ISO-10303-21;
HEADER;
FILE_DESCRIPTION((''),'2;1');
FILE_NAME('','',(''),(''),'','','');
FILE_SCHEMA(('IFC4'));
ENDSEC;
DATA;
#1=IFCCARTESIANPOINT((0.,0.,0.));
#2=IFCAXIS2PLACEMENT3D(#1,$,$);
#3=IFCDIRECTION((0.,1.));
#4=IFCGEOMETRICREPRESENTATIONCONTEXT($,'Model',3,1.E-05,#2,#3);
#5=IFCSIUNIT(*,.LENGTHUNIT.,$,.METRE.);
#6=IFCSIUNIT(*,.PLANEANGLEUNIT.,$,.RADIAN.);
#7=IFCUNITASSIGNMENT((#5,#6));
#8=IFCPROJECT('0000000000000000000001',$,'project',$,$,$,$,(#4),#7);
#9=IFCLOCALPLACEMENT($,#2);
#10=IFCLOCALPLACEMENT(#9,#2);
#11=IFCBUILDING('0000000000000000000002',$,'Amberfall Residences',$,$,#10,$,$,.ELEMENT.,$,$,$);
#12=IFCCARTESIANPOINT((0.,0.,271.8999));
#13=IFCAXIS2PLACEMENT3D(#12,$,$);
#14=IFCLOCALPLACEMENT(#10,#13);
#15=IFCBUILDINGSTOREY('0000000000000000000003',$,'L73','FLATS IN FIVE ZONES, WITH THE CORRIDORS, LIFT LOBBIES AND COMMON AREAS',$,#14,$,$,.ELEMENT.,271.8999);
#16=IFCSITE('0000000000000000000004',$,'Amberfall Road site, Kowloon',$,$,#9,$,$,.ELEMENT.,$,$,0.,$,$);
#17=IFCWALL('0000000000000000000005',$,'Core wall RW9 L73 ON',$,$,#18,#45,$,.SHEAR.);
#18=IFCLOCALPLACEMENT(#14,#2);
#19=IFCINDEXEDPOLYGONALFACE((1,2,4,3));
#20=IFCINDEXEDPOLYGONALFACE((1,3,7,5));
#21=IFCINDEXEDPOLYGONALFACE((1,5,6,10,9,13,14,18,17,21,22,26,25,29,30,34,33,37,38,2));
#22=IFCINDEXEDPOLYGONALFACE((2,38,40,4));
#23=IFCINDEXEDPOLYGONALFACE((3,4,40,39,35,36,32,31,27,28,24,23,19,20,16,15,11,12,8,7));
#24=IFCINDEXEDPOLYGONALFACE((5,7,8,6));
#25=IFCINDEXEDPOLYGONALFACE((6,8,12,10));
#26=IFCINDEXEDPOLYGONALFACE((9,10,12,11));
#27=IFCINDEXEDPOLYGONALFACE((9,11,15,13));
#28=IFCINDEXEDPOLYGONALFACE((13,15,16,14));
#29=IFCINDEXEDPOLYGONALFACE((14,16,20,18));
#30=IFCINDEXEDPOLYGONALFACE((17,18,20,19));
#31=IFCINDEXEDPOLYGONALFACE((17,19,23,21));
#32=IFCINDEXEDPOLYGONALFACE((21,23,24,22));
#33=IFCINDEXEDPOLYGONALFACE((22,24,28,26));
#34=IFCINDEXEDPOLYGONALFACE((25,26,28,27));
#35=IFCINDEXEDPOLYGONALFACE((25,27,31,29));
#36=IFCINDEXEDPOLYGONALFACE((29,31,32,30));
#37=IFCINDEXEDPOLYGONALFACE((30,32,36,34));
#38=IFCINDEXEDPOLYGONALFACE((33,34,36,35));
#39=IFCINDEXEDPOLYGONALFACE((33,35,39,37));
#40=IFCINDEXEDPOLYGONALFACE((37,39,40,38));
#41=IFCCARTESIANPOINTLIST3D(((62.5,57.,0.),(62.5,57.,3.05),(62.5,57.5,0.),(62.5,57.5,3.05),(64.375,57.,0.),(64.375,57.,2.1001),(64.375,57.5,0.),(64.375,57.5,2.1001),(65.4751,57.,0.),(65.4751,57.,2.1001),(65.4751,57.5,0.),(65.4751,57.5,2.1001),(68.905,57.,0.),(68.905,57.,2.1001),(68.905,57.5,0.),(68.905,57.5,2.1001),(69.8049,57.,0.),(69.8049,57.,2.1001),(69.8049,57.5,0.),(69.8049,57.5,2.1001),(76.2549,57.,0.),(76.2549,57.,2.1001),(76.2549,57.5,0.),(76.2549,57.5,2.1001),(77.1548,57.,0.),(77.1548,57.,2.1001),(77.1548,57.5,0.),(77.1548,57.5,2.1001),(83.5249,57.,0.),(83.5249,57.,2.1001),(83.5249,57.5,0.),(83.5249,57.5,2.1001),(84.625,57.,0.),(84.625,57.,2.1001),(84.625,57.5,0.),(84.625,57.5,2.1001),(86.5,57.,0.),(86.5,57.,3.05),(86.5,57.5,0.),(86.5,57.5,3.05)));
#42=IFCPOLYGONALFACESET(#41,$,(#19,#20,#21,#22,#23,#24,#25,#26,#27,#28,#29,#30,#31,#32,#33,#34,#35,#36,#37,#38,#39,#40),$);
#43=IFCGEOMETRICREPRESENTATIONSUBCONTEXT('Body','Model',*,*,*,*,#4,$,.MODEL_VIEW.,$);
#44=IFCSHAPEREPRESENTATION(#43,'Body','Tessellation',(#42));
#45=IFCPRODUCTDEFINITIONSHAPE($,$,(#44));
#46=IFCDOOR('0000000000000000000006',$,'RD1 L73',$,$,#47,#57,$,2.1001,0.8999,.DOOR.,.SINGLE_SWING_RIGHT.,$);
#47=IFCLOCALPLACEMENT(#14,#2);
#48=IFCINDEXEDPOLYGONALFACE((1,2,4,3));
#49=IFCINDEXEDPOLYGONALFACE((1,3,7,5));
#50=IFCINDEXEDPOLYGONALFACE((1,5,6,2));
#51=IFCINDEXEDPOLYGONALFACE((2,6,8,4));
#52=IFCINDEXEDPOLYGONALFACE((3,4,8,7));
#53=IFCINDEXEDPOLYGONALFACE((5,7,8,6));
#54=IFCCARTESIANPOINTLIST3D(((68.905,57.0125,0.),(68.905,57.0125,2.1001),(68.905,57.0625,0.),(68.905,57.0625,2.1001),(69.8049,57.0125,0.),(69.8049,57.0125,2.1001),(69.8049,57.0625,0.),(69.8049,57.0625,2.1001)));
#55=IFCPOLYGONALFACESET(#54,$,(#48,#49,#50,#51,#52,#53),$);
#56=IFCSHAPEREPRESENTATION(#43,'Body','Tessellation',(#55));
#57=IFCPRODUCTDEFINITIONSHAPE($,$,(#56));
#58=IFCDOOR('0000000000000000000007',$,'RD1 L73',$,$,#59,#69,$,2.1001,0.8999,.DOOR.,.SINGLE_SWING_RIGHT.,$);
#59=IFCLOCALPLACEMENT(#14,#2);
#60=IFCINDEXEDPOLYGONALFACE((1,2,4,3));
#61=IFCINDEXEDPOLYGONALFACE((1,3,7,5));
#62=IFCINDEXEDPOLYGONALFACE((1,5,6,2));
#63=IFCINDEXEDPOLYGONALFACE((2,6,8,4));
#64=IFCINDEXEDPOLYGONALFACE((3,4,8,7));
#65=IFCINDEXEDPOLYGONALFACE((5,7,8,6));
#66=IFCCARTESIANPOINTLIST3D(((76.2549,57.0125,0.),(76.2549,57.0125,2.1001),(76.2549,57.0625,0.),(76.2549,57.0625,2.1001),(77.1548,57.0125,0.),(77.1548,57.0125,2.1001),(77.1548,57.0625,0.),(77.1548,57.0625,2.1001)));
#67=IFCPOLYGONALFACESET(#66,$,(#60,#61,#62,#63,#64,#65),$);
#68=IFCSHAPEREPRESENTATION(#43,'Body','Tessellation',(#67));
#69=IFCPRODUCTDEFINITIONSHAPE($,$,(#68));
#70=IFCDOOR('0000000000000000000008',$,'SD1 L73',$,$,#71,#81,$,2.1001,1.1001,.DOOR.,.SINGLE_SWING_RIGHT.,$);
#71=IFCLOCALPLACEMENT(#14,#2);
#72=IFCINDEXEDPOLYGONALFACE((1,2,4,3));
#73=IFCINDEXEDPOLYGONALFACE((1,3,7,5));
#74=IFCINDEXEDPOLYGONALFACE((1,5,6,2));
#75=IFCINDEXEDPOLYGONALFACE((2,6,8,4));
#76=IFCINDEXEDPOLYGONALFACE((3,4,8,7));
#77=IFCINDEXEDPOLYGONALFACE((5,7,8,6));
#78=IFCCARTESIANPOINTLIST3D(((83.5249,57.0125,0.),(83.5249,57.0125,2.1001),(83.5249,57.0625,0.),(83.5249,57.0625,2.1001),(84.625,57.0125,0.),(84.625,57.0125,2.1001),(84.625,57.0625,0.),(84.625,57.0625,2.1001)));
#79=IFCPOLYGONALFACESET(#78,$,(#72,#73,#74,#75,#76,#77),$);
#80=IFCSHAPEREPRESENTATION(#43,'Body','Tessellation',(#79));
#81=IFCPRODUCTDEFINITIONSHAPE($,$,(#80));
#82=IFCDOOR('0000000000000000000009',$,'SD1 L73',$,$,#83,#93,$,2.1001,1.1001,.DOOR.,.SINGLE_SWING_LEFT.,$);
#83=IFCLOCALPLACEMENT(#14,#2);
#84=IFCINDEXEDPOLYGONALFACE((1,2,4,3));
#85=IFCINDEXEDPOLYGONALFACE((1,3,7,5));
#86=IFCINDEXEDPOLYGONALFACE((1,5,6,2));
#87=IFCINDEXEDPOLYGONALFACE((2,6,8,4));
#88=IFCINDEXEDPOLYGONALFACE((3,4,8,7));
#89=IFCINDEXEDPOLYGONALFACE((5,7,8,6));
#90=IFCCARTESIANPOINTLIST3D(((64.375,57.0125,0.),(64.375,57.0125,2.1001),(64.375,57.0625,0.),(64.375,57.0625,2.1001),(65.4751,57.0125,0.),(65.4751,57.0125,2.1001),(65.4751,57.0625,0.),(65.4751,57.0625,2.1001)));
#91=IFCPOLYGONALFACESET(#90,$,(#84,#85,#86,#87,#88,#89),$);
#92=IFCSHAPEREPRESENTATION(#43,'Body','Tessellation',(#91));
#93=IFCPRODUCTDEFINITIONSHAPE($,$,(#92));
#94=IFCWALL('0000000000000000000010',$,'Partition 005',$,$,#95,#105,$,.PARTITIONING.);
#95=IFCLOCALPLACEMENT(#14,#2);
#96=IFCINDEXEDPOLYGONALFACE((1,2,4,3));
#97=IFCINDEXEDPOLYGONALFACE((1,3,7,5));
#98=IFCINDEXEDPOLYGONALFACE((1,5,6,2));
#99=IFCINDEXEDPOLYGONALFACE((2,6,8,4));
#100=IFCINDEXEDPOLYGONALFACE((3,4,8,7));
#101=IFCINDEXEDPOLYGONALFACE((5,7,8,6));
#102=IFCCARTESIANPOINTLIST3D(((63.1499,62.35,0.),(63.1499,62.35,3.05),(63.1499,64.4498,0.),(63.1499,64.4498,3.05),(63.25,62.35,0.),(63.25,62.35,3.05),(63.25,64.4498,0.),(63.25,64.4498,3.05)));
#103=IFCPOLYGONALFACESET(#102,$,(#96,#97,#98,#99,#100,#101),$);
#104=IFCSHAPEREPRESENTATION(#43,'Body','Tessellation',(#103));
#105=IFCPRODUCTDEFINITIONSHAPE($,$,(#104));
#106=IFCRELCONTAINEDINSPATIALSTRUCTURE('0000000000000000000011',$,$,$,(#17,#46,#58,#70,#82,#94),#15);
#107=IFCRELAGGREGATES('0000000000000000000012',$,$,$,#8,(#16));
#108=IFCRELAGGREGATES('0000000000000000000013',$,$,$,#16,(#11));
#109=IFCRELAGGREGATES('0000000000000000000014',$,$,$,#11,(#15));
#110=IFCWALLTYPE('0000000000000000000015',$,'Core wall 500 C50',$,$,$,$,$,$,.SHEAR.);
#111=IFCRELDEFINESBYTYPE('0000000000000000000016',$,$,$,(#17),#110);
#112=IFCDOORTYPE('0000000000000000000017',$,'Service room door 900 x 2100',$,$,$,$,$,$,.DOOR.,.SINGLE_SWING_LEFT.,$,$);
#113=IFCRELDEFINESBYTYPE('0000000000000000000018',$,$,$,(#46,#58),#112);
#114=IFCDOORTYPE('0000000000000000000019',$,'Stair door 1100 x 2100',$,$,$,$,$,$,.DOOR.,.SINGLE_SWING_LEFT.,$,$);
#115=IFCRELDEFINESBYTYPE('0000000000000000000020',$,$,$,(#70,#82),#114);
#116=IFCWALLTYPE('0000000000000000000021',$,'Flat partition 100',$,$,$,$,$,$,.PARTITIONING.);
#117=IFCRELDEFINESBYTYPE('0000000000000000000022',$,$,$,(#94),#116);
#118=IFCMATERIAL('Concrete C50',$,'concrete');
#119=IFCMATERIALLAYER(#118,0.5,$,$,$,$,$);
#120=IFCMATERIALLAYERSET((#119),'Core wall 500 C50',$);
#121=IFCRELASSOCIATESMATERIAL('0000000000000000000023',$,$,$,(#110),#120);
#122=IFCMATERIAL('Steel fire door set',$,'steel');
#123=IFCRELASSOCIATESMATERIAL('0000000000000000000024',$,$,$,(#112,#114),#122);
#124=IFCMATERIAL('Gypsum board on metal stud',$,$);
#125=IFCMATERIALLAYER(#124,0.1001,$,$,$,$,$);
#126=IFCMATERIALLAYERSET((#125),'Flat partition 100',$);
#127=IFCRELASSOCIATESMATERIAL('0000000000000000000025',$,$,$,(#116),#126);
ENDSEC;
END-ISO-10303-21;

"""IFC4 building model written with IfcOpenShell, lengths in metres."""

from ifc_helpers import new_model, si_unit, direction, frame, frame_2d, origin, place, context, subcontext, project, spatial, rectangle, extrude, material, layer, layer_set, type_object, element, fill, save


model = new_model("IFC4")

# Units and contexts
model_context = context("Model", 3, precision=1e-05, world=origin(), true_north=direction((0.0, 1.0)))
body_context = subcontext(model_context, "Body", "Model", "MODEL_VIEW")
ifc_project = project(units=[si_unit("LENGTHUNIT", "METRE"), si_unit("PLANEANGLEUNIT", "RADIAN")], contexts=[model_context])

# Site, building, storey
site_placement = place(None, origin())
site = spatial("IfcSite", under=ifc_project, at=site_placement, Name="Amberfall Road site, Kowloon", CompositionType="ELEMENT", RefElevation=0.0)
building_placement = place(site_placement, origin())
building = spatial("IfcBuilding", under=site, at=building_placement, Name="Amberfall Residences", CompositionType="ELEMENT")
storey_placement = place(building_placement, frame((0.0, 0.0, 271.8999)))
storey = spatial("IfcBuildingStorey", under=building, at=storey_placement, Name="L73", Description="FLATS IN FIVE ZONES, WITH THE CORRIDORS, LIFT LOBBIES AND COMMON AREAS", CompositionType="ELEMENT", Elevation=271.8999)

# Wall, openings, doors
ifc_material_1 = material(Name="Concrete C50", Category="concrete")
ifc_layer_1 = layer(ifc_material_1, 0.5)
ifc_layer_set_1 = layer_set([ifc_layer_1], Name="Core wall 500 C50")
wall_type_1 = type_object("IfcWallType", Name="Core wall 500 C50", PredefinedType="SHEAR", material=ifc_layer_set_1)
wall_1_placement = place(storey_placement, frame((62.5, 57.25, 0.0), z_axis=(0.0, 0.0, 1.0), x_axis=(1.0, 0.0, 0.0)))
wall_1 = element("IfcWall", 1, at=wall_1_placement, inside=storey, type_object=wall_type_1, Name="Core wall RW9 L73 ON", PredefinedType="SHEAR", context=body_context, shape_type="SweptSolid", body=[
    extrude(rectangle(XDim=24.0, YDim=0.5, at=frame_2d((12.0, 0.0))), origin(), (0.0, 0.0, 1.0), 3.05),
])
opening_1_placement = place(wall_1_placement, frame((21.0249, 0.0, 0.0)))
opening_1 = element("IfcOpeningElement", 2, at=opening_1_placement, cuts=wall_1, PredefinedType="OPENING", context=body_context, shape_type="SweptSolid", body=[
    extrude(rectangle(XDim=1.1001, YDim=2.1001, at=frame_2d((0.55, 1.05))), frame((0.0, 0.26, 0.0), z_axis=(0.0, -1.0, 0.0), x_axis=(1.0, 0.0, 0.0)), (0.0, 0.0, 1.0), 0.52),
])
opening_2_placement = place(wall_1_placement, frame((1.875, 0.0, 0.0)))
opening_2 = element("IfcOpeningElement", 3, at=opening_2_placement, cuts=wall_1, PredefinedType="OPENING", context=body_context, shape_type="SweptSolid", body=[
    extrude(rectangle(XDim=1.1001, YDim=2.1001, at=frame_2d((0.55, 1.05))), frame((0.0, 0.26, 0.0), z_axis=(0.0, -1.0, 0.0), x_axis=(1.0, 0.0, 0.0)), (0.0, 0.0, 1.0), 0.52),
])
opening_3_placement = place(wall_1_placement, frame((6.405, 0.0, 0.0)))
opening_3 = element("IfcOpeningElement", 4, at=opening_3_placement, cuts=wall_1, PredefinedType="OPENING", context=body_context, shape_type="SweptSolid", body=[
    extrude(rectangle(XDim=0.8999, YDim=2.1001, at=frame_2d((0.45, 1.05))), frame((0.0, 0.26, 0.0), z_axis=(0.0, -1.0, 0.0), x_axis=(1.0, 0.0, 0.0)), (0.0, 0.0, 1.0), 0.52),
])
opening_4_placement = place(wall_1_placement, frame((13.7549, 0.0, 0.0)))
opening_4 = element("IfcOpeningElement", 5, at=opening_4_placement, cuts=wall_1, PredefinedType="OPENING", context=body_context, shape_type="SweptSolid", body=[
    extrude(rectangle(XDim=0.8999, YDim=2.1001, at=frame_2d((0.45, 1.05))), frame((0.0, 0.26, 0.0), z_axis=(0.0, -1.0, 0.0), x_axis=(1.0, 0.0, 0.0)), (0.0, 0.0, 1.0), 0.52),
])
ifc_material_2 = material(Name="Steel fire door set", Category="steel")
door_type_1 = type_object("IfcDoorType", Name="Service room door 900 x 2100", OperationType="SINGLE_SWING_LEFT", PredefinedType="DOOR", material=ifc_material_2)
door_1_placement = place(opening_3_placement, origin())
door_1 = element("IfcDoor", 6, at=door_1_placement, inside=storey, type_object=door_type_1, Name="RD1 L73", OperationType="SINGLE_SWING_RIGHT", OverallHeight=2.1001, OverallWidth=0.8999, PredefinedType="DOOR", context=body_context, shape_type="SweptSolid", body=[
    extrude(rectangle(XDim=0.8999, YDim=2.1001, at=frame_2d((0.45, 1.05))), frame((0.0, -0.1875, 0.0), z_axis=(0.0, -1.0, 0.0), x_axis=(1.0, 0.0, 0.0)), (0.0, 0.0, 1.0), 0.05),
])
fill(opening_3, door_1)
door_2_placement = place(opening_4_placement, origin())
door_2 = element("IfcDoor", 7, at=door_2_placement, inside=storey, type_object=door_type_1, Name="RD1 L73", OperationType="SINGLE_SWING_RIGHT", OverallHeight=2.1001, OverallWidth=0.8999, PredefinedType="DOOR", context=body_context, shape_type="SweptSolid", body=[
    extrude(rectangle(XDim=0.8999, YDim=2.1001, at=frame_2d((0.45, 1.05))), frame((0.0, -0.1875, 0.0), z_axis=(0.0, -1.0, 0.0), x_axis=(1.0, 0.0, 0.0)), (0.0, 0.0, 1.0), 0.05),
])
fill(opening_4, door_2)
door_type_2 = type_object("IfcDoorType", Name="Stair door 1100 x 2100", OperationType="SINGLE_SWING_LEFT", PredefinedType="DOOR", material=ifc_material_2)
door_3_placement = place(opening_1_placement, origin())
door_3 = element("IfcDoor", 8, at=door_3_placement, inside=storey, type_object=door_type_2, Name="SD1 L73", OperationType="SINGLE_SWING_RIGHT", OverallHeight=2.1001, OverallWidth=1.1001, PredefinedType="DOOR", context=body_context, shape_type="SweptSolid", body=[
    extrude(rectangle(XDim=1.1001, YDim=2.1001, at=frame_2d((0.55, 1.05))), frame((0.0, -0.1875, 0.0), z_axis=(0.0, -1.0, 0.0), x_axis=(1.0, 0.0, 0.0)), (0.0, 0.0, 1.0), 0.05),
])
fill(opening_1, door_3)
door_4_placement = place(opening_2_placement, origin())
door_4 = element("IfcDoor", 9, at=door_4_placement, inside=storey, type_object=door_type_2, Name="SD1 L73", OperationType="SINGLE_SWING_LEFT", OverallHeight=2.1001, OverallWidth=1.1001, PredefinedType="DOOR", context=body_context, shape_type="SweptSolid", body=[
    extrude(rectangle(XDim=1.1001, YDim=2.1001, at=frame_2d((0.55, 1.05))), frame((0.0, -0.1875, 0.0), z_axis=(0.0, -1.0, 0.0), x_axis=(1.0, 0.0, 0.0)), (0.0, 0.0, 1.0), 0.05),
])
fill(opening_2, door_4)

# Wall
ifc_material_3 = material(Name="Gypsum board on metal stud")
ifc_layer_2 = layer(ifc_material_3, 0.1001)
ifc_layer_set_2 = layer_set([ifc_layer_2], Name="Flat partition 100")
wall_type_2 = type_object("IfcWallType", Name="Flat partition 100", PredefinedType="PARTITIONING", material=ifc_layer_set_2)
wall_2_placement = place(storey_placement, frame((63.2, 62.3501, 0.0), z_axis=(0.0, 0.0, 1.0), x_axis=(0.0, 1.0, 0.0)))
element("IfcWall", 10, at=wall_2_placement, inside=storey, type_object=wall_type_2, Name="Partition 005", PredefinedType="PARTITIONING", context=body_context, shape_type="SweptSolid", body=[
    extrude(rectangle(XDim=2.0999, YDim=0.1001, at=frame_2d((1.0498, 0.0))), origin(), (0.0, 0.0, 1.0), 3.05),
])

save(model, "model.ifc")
